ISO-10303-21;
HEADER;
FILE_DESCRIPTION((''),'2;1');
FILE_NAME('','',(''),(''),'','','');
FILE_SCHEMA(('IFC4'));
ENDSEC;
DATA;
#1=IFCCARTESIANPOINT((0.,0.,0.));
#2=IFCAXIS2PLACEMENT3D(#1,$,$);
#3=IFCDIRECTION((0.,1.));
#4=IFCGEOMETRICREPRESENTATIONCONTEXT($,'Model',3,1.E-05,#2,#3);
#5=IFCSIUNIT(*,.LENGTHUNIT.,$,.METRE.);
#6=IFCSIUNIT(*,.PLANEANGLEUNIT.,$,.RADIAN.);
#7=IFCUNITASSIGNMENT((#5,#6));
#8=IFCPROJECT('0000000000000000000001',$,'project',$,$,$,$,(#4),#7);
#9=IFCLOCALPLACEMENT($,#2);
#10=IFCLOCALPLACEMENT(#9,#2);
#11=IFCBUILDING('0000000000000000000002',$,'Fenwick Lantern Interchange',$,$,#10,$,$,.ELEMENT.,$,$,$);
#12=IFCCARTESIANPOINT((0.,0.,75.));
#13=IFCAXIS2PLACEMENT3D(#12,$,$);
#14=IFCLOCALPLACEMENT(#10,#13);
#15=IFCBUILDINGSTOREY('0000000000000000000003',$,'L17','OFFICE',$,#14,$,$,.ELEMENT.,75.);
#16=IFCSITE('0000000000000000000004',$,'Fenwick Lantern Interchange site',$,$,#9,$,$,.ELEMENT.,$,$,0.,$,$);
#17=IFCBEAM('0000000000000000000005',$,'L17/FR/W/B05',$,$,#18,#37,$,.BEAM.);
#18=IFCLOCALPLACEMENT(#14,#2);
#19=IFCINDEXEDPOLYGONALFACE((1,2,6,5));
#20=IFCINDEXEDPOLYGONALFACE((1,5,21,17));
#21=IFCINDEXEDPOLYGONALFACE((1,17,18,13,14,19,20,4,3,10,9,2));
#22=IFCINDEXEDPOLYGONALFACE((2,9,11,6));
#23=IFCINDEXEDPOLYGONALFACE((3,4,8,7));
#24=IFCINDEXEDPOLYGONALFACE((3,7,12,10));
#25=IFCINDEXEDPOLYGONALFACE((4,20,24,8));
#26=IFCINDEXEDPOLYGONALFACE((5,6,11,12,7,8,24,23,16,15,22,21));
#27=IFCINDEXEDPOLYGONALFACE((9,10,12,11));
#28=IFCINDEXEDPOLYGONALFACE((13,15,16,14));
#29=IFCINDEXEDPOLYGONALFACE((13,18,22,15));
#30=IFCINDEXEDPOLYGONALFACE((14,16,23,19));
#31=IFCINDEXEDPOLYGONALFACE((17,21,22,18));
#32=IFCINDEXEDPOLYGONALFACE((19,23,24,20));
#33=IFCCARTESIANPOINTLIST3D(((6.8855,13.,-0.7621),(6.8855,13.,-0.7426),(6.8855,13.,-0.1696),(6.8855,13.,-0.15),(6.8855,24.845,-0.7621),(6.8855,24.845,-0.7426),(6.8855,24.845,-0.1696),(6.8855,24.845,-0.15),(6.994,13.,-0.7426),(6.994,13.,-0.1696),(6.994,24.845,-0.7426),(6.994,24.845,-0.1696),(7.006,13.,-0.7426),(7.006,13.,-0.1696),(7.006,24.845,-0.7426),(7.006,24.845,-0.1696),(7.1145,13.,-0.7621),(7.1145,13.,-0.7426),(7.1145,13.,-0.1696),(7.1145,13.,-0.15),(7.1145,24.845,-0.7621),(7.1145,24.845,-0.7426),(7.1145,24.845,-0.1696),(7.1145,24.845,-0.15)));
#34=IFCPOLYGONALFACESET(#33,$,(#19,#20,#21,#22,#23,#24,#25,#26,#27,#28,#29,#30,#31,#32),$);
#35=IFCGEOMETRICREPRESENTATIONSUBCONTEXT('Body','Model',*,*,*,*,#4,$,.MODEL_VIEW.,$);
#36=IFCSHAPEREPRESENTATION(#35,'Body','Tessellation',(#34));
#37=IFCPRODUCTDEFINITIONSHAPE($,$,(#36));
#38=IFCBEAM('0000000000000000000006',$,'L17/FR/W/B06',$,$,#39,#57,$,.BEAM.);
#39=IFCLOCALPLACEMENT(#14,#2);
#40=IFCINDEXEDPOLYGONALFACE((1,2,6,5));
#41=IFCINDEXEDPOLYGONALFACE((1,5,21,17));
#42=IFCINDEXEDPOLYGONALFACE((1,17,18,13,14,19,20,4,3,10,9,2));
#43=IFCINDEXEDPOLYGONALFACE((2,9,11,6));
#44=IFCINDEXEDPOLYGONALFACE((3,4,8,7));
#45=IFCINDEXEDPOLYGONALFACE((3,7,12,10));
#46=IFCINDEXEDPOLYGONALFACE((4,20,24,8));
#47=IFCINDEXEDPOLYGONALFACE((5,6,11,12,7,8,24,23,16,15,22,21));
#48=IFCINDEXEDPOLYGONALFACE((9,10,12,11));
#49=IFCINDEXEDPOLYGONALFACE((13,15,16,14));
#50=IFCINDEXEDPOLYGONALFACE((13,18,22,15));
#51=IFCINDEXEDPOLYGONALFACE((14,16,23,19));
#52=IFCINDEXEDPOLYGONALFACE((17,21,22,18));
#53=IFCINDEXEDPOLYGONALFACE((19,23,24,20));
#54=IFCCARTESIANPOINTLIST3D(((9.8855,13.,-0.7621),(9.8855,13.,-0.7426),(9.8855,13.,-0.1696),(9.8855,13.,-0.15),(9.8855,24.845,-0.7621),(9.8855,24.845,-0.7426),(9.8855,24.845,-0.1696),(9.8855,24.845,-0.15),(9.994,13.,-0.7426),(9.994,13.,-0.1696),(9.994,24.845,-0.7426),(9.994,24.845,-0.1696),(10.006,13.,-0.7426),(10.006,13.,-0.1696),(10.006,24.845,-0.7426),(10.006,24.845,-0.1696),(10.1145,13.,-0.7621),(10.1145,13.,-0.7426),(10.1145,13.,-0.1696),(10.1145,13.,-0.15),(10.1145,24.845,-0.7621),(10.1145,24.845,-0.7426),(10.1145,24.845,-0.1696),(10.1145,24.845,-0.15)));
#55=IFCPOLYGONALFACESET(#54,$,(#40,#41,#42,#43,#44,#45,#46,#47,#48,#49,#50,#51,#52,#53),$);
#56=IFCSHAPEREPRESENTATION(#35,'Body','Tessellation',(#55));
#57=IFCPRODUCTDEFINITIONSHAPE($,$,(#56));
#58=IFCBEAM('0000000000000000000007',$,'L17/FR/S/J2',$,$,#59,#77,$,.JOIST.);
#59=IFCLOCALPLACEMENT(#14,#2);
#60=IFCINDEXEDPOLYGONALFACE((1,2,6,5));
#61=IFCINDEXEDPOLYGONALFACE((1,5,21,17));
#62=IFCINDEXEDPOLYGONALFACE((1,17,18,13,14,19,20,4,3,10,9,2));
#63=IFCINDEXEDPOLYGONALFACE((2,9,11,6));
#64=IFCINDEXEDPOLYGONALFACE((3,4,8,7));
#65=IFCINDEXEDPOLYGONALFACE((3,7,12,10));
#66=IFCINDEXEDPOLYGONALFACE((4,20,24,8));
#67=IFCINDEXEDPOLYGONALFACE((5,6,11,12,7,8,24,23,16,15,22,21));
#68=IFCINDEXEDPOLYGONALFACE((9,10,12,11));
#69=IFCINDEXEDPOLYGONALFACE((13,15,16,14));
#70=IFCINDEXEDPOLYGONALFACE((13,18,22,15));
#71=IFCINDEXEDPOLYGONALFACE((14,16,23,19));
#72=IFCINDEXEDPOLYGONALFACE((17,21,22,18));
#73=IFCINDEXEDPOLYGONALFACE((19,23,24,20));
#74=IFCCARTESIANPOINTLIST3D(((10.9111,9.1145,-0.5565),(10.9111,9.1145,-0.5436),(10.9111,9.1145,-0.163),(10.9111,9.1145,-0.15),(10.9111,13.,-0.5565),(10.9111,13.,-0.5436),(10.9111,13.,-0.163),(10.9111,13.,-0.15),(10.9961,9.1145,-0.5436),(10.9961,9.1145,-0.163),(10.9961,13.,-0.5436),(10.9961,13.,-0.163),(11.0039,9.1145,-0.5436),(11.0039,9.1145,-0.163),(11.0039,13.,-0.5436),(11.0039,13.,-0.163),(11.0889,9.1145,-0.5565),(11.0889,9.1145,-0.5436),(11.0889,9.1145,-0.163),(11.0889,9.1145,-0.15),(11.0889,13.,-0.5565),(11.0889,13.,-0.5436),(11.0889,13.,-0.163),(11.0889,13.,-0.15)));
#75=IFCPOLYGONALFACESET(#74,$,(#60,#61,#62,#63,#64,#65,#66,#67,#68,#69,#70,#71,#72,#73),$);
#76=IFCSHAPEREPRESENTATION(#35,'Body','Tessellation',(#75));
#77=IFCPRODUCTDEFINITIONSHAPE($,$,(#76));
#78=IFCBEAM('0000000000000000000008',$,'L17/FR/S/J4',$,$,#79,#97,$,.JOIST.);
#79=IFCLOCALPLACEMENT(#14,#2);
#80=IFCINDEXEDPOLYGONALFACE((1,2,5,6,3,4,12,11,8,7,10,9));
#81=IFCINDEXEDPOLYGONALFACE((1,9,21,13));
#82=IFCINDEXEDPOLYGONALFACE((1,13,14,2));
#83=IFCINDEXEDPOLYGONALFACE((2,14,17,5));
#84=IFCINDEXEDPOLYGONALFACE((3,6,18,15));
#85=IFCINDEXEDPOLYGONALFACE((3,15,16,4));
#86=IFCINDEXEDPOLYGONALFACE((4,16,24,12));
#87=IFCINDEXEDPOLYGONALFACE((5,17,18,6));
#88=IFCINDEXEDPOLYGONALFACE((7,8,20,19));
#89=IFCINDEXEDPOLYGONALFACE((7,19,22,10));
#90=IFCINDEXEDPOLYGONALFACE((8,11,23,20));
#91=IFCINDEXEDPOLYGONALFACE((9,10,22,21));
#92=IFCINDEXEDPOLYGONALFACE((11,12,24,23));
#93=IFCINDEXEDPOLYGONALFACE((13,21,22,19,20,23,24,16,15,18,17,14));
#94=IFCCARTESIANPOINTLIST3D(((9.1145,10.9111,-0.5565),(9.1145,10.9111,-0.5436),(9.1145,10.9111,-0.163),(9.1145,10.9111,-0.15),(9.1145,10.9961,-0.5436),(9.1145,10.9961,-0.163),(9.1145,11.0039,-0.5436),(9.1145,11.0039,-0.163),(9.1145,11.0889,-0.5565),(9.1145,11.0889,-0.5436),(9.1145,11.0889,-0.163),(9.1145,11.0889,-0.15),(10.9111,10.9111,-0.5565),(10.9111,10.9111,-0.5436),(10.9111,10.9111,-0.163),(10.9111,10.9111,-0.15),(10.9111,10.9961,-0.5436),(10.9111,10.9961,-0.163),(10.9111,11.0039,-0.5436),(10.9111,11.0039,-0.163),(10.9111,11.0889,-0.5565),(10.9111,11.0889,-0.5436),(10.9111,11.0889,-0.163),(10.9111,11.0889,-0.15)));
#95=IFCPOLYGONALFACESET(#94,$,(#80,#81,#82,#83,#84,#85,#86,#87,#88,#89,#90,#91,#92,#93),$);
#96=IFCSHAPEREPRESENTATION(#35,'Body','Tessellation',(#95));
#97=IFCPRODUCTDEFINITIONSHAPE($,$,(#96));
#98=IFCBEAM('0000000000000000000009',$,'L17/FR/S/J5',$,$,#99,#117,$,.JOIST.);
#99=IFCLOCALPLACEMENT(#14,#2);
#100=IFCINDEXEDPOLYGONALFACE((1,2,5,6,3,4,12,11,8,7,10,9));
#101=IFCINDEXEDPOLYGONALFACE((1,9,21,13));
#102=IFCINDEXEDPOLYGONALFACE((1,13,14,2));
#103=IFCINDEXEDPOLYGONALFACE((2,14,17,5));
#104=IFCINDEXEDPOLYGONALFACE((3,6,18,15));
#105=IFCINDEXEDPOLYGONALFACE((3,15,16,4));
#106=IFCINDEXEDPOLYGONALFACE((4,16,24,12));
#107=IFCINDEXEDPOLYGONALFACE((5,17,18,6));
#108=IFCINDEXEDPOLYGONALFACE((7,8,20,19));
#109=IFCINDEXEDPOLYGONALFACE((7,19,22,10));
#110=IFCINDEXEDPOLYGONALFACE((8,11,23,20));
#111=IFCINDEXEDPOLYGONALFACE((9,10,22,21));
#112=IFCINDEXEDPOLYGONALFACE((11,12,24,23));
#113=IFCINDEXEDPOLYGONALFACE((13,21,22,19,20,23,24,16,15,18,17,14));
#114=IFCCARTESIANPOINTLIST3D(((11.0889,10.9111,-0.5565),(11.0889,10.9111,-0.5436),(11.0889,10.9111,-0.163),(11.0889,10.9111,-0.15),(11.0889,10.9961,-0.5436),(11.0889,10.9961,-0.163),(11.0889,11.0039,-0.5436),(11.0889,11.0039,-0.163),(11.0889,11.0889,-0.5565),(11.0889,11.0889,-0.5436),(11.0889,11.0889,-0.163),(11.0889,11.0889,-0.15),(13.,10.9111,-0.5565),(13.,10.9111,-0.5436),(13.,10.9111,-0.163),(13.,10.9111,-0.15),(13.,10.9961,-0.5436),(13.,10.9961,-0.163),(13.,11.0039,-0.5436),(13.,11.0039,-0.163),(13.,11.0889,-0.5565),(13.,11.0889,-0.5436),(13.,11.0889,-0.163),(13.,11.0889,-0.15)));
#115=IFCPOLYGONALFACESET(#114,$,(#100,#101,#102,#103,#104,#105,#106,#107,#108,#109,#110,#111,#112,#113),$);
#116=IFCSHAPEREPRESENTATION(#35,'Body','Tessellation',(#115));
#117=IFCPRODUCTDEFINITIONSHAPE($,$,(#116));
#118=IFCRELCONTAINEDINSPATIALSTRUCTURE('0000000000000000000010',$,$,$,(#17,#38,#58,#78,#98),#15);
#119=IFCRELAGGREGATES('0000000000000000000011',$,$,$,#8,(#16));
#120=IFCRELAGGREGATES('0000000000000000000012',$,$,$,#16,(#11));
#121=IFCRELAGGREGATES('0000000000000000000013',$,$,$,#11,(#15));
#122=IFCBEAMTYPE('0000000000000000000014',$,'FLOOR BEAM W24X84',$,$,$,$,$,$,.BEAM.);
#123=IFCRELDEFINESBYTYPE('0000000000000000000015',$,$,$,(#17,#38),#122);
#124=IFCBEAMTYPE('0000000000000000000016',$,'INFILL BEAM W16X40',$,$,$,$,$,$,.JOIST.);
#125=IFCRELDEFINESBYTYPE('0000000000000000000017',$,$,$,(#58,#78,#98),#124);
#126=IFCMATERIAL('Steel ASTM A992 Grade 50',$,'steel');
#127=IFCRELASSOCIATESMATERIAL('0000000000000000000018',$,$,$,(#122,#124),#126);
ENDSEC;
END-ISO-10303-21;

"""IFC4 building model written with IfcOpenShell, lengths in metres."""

from ifc_helpers import new_model, si_unit, direction, frame, origin, origin_2d, place, context, subcontext, project, spatial, i_section, extrude, material, material_profile, profile_set, type_object, element, save


model = new_model("IFC4")

# Units and contexts
model_context = context("Model", 3, precision=1e-05, world=origin(), true_north=direction((0.0, 1.0)))
body_context = subcontext(model_context, "Body", "Model", "MODEL_VIEW")
ifc_project = project(units=[si_unit("LENGTHUNIT", "METRE"), si_unit("PLANEANGLEUNIT", "RADIAN")], contexts=[model_context])

# Site, building, storey
site_placement = place(None, origin())
site = spatial("IfcSite", under=ifc_project, at=site_placement, Name="Fenwick Lantern Interchange site", CompositionType="ELEMENT", RefElevation=0.0)
building_placement = place(site_placement, origin())
building = spatial("IfcBuilding", under=site, at=building_placement, Name="Fenwick Lantern Interchange", CompositionType="ELEMENT")
storey_placement = place(building_placement, frame((0.0, 0.0, 75.0)))
storey = spatial("IfcBuildingStorey", under=building, at=storey_placement, Name="L17", Description="OFFICE", CompositionType="ELEMENT", Elevation=75.0)

# Beams
ifc_material_1 = material(Name="Steel ASTM A992 Grade 50", Category="steel")
ifc_material_profile_1 = material_profile(ifc_material_1, i_section(OverallWidth=0.229, OverallDepth=0.6121, WebThickness=0.012, FlangeThickness=0.0195, at=origin_2d()), Name="W24X84")
ifc_profile_set_1 = profile_set([ifc_material_profile_1], Name="Steel ASTM A992 Grade 50")
beam_type_1 = type_object("IfcBeamType", Name="FLOOR BEAM W24X84", PredefinedType="BEAM", material=ifc_profile_set_1)
for number, where, z_axis, x_axis, name in (
    (1, (7.0, 24.845, -0.4561), (0.0, -1.0, 0.0), (1.0, 0.0, 0.0), "L17/FR/W/B05"),
    (2, (10.0, 24.845, -0.4561), (0.0, -1.0, 0.0), (1.0, 0.0, 0.0), "L17/FR/W/B06"),
):
    element("IfcBeam", number, at=place(storey_placement, frame(where, z_axis=z_axis, x_axis=x_axis)), inside=storey, type_object=beam_type_1, Name=name, PredefinedType="BEAM", context=body_context, shape_type="SweptSolid", body=[
        extrude(i_section(OverallWidth=0.229, OverallDepth=0.6121, WebThickness=0.012, FlangeThickness=0.0195, at=origin_2d()), origin(), (0.0, 0.0, 1.0), 11.845),
    ])
ifc_material_profile_2 = material_profile(ifc_material_1, i_section(OverallWidth=0.1777, OverallDepth=0.4065, WebThickness=0.0078, FlangeThickness=0.0129, at=origin_2d()), Name="W16X40")
ifc_profile_set_2 = profile_set([ifc_material_profile_2], Name="Steel ASTM A992 Grade 50")
beam_type_2 = type_object("IfcBeamType", Name="INFILL BEAM W16X40", PredefinedType="JOIST", material=ifc_profile_set_2)
beam_1_placement = place(storey_placement, frame((11.0, 9.1145, -0.3533), z_axis=(0.0, 1.0, 0.0), x_axis=(-1.0, 0.0, 0.0)))
element("IfcBeam", 3, at=beam_1_placement, inside=storey, type_object=beam_type_2, Name="L17/FR/S/J2", PredefinedType="JOIST", context=body_context, shape_type="SweptSolid", body=[
    extrude(i_section(OverallWidth=0.1777, OverallDepth=0.4065, WebThickness=0.0078, FlangeThickness=0.0129, at=origin_2d()), origin(), (0.0, 0.0, 1.0), 3.8855),
])
beam_2_placement = place(storey_placement, frame((9.1145, 11.0, -0.3533), z_axis=(1.0, 0.0, 0.0), x_axis=(0.0, 1.0, 0.0)))
element("IfcBeam", 4, at=beam_2_placement, inside=storey, type_object=beam_type_2, Name="L17/FR/S/J4", PredefinedType="JOIST", context=body_context, shape_type="SweptSolid", body=[
    extrude(i_section(OverallWidth=0.1777, OverallDepth=0.4065, WebThickness=0.0078, FlangeThickness=0.0129, at=origin_2d()), origin(), (0.0, 0.0, 1.0), 1.7966),
])
beam_3_placement = place(storey_placement, frame((11.0889, 11.0, -0.3533), z_axis=(1.0, 0.0, 0.0), x_axis=(0.0, 1.0, 0.0)))
element("IfcBeam", 5, at=beam_3_placement, inside=storey, type_object=beam_type_2, Name="L17/FR/S/J5", PredefinedType="JOIST", context=body_context, shape_type="SweptSolid", body=[
    extrude(i_section(OverallWidth=0.1777, OverallDepth=0.4065, WebThickness=0.0078, FlangeThickness=0.0129, at=origin_2d()), origin(), (0.0, 0.0, 1.0), 1.9111),
])

save(model, "model.ifc")
